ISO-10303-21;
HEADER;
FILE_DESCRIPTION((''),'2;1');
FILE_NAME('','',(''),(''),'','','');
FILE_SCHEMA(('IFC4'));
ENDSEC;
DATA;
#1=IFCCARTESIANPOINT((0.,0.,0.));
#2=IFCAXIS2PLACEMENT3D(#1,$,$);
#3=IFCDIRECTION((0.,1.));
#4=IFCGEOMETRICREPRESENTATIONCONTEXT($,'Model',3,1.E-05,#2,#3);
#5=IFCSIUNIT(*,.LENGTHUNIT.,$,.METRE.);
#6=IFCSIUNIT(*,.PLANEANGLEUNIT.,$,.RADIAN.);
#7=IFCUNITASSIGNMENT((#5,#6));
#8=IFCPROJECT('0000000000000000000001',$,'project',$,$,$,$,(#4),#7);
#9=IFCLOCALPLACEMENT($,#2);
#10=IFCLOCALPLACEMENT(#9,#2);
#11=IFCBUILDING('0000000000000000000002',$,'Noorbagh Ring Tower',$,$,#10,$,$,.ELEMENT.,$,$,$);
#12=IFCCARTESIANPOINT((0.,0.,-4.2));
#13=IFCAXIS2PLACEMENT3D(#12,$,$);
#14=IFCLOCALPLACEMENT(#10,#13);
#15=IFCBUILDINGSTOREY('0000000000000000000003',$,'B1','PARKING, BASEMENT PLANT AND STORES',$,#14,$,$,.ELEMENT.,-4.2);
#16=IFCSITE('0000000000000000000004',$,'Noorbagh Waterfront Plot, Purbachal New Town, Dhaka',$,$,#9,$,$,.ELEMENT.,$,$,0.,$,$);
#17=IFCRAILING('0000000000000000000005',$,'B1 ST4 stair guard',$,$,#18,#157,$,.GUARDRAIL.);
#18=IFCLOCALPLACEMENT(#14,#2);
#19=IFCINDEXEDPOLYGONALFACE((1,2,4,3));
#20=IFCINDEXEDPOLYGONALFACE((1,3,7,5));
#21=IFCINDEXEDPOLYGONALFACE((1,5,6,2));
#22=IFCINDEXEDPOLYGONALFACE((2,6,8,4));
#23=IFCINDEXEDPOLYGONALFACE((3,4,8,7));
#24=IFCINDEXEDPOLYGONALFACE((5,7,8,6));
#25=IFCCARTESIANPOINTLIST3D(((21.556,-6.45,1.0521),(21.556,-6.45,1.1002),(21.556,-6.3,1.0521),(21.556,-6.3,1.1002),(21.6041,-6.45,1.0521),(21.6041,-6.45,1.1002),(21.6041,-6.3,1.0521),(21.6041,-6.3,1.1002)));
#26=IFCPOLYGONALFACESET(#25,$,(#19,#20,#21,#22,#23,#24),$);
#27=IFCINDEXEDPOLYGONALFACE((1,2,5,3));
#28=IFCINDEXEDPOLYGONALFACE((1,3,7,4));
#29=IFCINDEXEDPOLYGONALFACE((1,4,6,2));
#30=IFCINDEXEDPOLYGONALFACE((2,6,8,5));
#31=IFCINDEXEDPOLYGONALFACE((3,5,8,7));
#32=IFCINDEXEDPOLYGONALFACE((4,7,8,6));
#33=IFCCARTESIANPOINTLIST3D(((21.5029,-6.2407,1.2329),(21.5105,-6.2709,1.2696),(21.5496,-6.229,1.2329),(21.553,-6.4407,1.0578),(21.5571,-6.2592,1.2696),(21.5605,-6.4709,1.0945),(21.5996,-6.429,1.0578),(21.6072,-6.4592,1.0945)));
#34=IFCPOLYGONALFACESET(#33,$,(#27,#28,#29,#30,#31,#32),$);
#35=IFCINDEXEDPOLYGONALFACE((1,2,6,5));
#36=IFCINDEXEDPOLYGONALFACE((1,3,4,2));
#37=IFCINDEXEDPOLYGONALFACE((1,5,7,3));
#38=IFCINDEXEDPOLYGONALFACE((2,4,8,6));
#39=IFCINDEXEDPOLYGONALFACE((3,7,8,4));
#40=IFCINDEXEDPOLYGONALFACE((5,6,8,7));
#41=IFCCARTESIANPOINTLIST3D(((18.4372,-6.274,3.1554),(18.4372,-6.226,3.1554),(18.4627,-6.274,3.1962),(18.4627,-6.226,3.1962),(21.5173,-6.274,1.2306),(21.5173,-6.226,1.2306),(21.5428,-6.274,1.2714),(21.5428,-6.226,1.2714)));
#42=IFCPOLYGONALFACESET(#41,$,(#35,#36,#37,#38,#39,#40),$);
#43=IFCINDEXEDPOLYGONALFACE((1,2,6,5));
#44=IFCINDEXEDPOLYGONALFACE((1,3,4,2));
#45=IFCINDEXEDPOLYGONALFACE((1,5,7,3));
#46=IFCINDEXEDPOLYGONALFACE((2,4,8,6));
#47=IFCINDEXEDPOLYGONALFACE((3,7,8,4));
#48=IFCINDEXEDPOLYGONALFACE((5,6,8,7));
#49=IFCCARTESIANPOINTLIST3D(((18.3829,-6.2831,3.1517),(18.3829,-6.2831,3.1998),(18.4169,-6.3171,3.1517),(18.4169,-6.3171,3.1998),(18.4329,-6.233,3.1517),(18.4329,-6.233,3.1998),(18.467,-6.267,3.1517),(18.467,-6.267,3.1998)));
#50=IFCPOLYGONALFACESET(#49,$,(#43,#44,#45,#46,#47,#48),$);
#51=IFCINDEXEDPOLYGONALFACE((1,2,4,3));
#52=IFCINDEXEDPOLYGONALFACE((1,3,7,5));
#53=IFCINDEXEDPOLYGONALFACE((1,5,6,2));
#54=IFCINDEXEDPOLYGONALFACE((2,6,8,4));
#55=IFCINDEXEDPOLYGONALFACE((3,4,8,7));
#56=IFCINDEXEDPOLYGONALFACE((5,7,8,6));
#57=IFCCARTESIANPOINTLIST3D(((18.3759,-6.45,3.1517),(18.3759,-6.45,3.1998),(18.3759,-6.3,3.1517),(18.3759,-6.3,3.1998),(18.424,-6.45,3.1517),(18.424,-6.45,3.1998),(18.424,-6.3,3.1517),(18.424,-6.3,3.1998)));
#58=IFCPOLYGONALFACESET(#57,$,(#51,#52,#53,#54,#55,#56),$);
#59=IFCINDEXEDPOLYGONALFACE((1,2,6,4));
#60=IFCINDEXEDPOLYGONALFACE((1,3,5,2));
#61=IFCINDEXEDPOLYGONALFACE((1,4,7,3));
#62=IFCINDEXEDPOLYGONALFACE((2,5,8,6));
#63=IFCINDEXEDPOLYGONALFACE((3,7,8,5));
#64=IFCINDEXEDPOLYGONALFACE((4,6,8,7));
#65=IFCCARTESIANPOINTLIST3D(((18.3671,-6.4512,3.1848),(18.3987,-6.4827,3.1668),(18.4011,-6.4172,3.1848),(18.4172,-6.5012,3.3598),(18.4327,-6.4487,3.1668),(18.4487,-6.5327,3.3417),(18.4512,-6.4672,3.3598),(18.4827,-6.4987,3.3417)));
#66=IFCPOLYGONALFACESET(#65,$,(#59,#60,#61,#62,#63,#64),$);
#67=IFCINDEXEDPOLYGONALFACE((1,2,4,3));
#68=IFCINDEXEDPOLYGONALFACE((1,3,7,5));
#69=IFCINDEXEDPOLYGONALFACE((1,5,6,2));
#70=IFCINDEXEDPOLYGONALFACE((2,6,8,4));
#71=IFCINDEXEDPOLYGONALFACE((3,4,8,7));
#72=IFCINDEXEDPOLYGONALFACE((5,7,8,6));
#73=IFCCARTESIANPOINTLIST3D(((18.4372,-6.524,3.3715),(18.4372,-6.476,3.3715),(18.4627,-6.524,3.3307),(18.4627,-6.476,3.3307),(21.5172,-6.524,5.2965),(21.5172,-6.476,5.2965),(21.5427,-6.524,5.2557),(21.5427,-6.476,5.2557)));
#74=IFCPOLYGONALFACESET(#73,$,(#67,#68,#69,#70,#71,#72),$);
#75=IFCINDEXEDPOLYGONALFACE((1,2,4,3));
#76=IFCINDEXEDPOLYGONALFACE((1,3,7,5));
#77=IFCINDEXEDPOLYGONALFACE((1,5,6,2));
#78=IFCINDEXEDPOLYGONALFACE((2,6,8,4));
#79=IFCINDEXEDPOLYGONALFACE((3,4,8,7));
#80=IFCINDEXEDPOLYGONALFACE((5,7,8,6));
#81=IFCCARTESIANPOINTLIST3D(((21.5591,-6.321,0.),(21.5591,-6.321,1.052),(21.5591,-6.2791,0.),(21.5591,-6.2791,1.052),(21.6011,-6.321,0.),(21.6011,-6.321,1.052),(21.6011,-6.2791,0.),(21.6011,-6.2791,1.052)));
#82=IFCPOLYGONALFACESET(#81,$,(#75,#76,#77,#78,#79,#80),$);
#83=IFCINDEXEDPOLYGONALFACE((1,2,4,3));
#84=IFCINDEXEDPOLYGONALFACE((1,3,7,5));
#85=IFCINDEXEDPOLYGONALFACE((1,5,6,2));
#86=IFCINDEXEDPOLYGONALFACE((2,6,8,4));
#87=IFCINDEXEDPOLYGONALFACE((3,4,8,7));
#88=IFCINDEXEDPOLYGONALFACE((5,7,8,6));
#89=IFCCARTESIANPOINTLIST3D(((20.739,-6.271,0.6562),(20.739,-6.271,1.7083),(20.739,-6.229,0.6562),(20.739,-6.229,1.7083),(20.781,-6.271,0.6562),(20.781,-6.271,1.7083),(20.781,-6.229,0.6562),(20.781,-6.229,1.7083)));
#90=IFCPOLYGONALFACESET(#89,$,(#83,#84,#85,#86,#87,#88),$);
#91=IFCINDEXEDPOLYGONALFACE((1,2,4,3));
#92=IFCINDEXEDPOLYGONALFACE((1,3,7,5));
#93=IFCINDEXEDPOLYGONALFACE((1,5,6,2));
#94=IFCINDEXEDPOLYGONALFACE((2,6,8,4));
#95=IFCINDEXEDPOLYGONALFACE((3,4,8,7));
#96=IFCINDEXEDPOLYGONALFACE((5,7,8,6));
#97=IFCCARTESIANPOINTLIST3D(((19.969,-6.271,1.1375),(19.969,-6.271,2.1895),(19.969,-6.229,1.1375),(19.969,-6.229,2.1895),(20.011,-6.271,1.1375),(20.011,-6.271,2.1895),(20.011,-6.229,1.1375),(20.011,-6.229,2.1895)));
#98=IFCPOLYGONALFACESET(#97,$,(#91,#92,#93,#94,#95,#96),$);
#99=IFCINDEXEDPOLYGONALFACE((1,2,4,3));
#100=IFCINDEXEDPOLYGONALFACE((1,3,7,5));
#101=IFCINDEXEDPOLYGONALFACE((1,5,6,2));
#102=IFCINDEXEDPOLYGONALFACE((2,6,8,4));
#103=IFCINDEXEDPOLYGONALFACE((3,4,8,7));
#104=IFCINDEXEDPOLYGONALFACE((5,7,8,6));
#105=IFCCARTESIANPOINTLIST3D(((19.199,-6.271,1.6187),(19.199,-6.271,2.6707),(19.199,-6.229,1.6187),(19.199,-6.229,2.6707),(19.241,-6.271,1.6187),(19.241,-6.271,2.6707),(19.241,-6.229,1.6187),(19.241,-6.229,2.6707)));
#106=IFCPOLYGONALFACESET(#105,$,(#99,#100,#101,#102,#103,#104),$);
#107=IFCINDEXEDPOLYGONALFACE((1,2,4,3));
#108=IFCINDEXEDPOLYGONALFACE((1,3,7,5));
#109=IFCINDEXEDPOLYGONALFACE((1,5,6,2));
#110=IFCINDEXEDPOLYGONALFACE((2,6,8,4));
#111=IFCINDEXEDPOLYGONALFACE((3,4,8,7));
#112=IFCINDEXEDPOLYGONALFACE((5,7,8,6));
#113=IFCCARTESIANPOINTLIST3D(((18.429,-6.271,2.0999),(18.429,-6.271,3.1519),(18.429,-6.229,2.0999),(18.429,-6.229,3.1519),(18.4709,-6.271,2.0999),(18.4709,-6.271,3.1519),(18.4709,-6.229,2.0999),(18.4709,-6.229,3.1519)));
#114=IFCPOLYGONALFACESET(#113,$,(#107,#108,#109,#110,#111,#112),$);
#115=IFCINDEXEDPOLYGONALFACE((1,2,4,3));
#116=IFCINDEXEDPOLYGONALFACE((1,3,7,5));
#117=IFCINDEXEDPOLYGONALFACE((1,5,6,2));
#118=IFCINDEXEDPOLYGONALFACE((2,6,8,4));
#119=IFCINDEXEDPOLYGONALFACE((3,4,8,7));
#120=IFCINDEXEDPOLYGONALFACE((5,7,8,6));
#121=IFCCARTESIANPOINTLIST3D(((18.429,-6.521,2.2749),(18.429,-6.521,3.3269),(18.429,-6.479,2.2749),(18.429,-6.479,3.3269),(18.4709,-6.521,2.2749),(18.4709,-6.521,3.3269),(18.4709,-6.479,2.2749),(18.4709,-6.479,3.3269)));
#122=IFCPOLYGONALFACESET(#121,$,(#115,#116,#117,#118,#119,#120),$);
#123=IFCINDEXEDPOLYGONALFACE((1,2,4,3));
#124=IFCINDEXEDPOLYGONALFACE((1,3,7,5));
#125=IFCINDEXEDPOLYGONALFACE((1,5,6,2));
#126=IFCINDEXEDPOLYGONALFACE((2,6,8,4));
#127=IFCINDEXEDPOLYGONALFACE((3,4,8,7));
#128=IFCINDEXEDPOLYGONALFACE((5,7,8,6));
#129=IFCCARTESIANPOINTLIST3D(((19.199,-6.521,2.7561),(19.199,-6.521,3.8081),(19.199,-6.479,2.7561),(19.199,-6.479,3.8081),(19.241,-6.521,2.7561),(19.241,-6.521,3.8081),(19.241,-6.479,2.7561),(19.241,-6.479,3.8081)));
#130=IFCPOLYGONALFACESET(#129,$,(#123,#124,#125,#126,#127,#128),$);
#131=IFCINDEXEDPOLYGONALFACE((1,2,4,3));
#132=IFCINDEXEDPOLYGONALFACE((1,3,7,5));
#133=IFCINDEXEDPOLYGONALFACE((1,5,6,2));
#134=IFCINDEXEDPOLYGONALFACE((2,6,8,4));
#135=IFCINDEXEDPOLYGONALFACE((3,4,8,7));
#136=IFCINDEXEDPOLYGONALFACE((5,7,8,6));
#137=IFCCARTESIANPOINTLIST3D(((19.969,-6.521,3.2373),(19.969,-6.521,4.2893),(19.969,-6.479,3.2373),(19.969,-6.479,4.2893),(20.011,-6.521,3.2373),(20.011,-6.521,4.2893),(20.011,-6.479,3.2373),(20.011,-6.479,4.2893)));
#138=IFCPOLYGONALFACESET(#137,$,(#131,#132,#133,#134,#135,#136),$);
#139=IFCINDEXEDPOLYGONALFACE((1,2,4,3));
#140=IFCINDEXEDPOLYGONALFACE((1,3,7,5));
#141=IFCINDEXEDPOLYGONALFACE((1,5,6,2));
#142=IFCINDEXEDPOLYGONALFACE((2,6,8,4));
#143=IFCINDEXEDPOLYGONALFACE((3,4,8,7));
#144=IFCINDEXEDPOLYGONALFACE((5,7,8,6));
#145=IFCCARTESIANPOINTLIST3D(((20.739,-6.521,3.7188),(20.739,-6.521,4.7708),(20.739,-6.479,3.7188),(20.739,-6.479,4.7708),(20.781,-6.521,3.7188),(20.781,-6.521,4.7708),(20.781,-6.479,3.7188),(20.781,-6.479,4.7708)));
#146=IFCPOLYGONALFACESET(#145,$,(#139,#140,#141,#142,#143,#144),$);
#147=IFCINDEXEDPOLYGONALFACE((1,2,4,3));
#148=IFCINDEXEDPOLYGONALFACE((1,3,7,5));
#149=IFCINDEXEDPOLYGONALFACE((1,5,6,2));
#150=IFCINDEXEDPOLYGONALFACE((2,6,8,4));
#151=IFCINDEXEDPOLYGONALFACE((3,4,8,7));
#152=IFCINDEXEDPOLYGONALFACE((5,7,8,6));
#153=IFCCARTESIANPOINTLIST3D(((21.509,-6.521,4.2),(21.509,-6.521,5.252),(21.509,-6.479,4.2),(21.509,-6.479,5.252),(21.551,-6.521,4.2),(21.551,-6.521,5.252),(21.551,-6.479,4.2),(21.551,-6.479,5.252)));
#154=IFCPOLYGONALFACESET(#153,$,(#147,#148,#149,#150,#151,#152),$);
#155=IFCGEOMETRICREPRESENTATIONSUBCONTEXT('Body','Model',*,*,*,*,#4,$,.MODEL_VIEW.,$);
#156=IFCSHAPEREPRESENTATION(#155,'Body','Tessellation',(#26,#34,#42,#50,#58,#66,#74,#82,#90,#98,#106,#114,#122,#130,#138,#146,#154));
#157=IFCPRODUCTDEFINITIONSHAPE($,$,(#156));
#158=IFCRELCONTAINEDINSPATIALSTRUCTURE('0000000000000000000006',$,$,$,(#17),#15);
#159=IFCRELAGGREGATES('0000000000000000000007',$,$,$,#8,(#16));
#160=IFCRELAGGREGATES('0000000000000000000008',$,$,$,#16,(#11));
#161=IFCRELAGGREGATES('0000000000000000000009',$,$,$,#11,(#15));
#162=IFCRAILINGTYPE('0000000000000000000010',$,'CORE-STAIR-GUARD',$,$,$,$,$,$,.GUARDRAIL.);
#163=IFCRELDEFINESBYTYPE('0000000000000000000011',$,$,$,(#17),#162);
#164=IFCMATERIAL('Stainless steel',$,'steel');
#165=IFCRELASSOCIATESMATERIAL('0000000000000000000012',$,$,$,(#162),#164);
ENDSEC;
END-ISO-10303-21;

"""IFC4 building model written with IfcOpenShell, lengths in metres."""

from ifc_helpers import new_model, si_unit, direction, frame, origin, origin_2d, place, context, subcontext, project, spatial, rectangle, extrude, material, type_object, element, save


model = new_model("IFC4")

# Units and contexts
model_context = context("Model", 3, precision=1e-05, world=origin(), true_north=direction((0.0, 1.0)))
body_context = subcontext(model_context, "Body", "Model", "MODEL_VIEW")
ifc_project = project(units=[si_unit("LENGTHUNIT", "METRE"), si_unit("PLANEANGLEUNIT", "RADIAN")], contexts=[model_context])

# Site, building, storey
site_placement = place(None, origin())
site = spatial("IfcSite", under=ifc_project, at=site_placement, Name="Noorbagh Waterfront Plot, Purbachal New Town, Dhaka", CompositionType="ELEMENT", RefElevation=0.0)
building_placement = place(site_placement, origin())
building = spatial("IfcBuilding", under=site, at=building_placement, Name="Noorbagh Ring Tower", CompositionType="ELEMENT")
storey_placement = place(building_placement, frame((0.0, 0.0, -4.2)))
storey = spatial("IfcBuildingStorey", under=building, at=storey_placement, Name="B1", Description="PARKING, BASEMENT PLANT AND STORES", CompositionType="ELEMENT", Elevation=-4.2)

# Railing
ifc_material_1 = material(Name="Stainless steel", Category="steel")
railing_type_1 = type_object("IfcRailingType", Name="CORE-STAIR-GUARD", PredefinedType="GUARDRAIL", material=ifc_material_1)
railing_1_placement = place(storey_placement, frame((21.5801, -6.3, 0.0)))
element("IfcRailing", 1, at=railing_1_placement, inside=storey, type_object=railing_type_1, Name="B1 ST4 stair guard", PredefinedType="GUARDRAIL", context=body_context, shape_type="SweptSolid", body=[
    extrude(rectangle(XDim=0.0481, YDim=0.0481, at=origin_2d()), frame((0.0, 0.0, 1.0762), z_axis=(0.0, -1.0, 0.0), x_axis=(1.0, 0.0, 0.0)), (0.0, 0.0, 1.0), 0.1499),
    extrude(rectangle(XDim=0.0481, YDim=0.0481, at=origin_2d()), frame((0.0, -0.1499, 1.0762), z_axis=(-0.185078, 0.739407, 0.64732), x_axis=(-0.970073, -0.242814, 0.0)), (0.0, 0.0, 1.0), 0.2705),
    extrude(rectangle(XDim=0.0481, YDim=0.0481, at=origin_2d()), frame((-0.05, 0.05, 1.251), z_axis=(-0.848029, 0.0, 0.529951), x_axis=(0.0, -1.0, 0.0)), (0.0, 0.0, 1.0), 3.6321),
    extrude(rectangle(XDim=0.0481, YDim=0.0481, at=origin_2d()), frame((-3.1301, 0.05, 3.1758), z_axis=(-0.707107, -0.707107, 0.0), x_axis=(0.707107, -0.707107, 0.0)), (0.0, 0.0, 1.0), 0.0708),
    extrude(rectangle(XDim=0.0481, YDim=0.0481, at=origin_2d()), frame((-3.1802, 0.0, 3.1758), z_axis=(0.0, -1.0, 0.0), x_axis=(1.0, 0.0, 0.0)), (0.0, 0.0, 1.0), 0.1499),
    extrude(rectangle(XDim=0.0481, YDim=0.0481, at=origin_2d()), frame((-3.1802, -0.1499, 3.1758), z_axis=(0.265065, -0.265065, 0.927082), x_axis=(0.707107, 0.707107, 0.0)), (0.0, 0.0, 1.0), 0.1887),
    extrude(rectangle(XDim=0.0481, YDim=0.0481, at=origin_2d()), frame((-3.1301, -0.2, 3.3511), z_axis=(0.847998, 0.0, 0.529999), x_axis=(0.0, 1.0, 0.0)), (0.0, 0.0, 1.0), 3.6321),
    extrude(rectangle(XDim=0.042, YDim=0.042, at=origin_2d()), origin(), (0.0, 0.0, 1.0), 1.052),
    extrude(rectangle(XDim=0.042, YDim=0.042, at=origin_2d()), frame((-0.8201, 0.05, 0.6562)), (0.0, 0.0, 1.0), 1.052),
    extrude(rectangle(XDim=0.042, YDim=0.042, at=origin_2d()), frame((-1.5901, 0.05, 1.1375)), (0.0, 0.0, 1.0), 1.052),
    extrude(rectangle(XDim=0.042, YDim=0.042, at=origin_2d()), frame((-2.3601, 0.05, 1.6187)), (0.0, 0.0, 1.0), 1.052),
    extrude(rectangle(XDim=0.042, YDim=0.042, at=origin_2d()), frame((-3.1301, 0.05, 2.0999)), (0.0, 0.0, 1.0), 1.052),
    extrude(rectangle(XDim=0.042, YDim=0.042, at=origin_2d()), frame((-3.1301, -0.2, 2.2749)), (0.0, 0.0, 1.0), 1.052),
    extrude(rectangle(XDim=0.042, YDim=0.042, at=origin_2d()), frame((-2.3601, -0.2, 2.7561)), (0.0, 0.0, 1.0), 1.052),
    extrude(rectangle(XDim=0.042, YDim=0.042, at=origin_2d()), frame((-1.5901, -0.2, 3.2373)), (0.0, 0.0, 1.0), 1.052),
    extrude(rectangle(XDim=0.042, YDim=0.042, at=origin_2d()), frame((-0.8201, -0.2, 3.7188)), (0.0, 0.0, 1.0), 1.052),
    extrude(rectangle(XDim=0.042, YDim=0.042, at=origin_2d()), frame((-0.05, -0.2, 4.2)), (0.0, 0.0, 1.0), 1.052),
])

save(model, "model.ifc")
